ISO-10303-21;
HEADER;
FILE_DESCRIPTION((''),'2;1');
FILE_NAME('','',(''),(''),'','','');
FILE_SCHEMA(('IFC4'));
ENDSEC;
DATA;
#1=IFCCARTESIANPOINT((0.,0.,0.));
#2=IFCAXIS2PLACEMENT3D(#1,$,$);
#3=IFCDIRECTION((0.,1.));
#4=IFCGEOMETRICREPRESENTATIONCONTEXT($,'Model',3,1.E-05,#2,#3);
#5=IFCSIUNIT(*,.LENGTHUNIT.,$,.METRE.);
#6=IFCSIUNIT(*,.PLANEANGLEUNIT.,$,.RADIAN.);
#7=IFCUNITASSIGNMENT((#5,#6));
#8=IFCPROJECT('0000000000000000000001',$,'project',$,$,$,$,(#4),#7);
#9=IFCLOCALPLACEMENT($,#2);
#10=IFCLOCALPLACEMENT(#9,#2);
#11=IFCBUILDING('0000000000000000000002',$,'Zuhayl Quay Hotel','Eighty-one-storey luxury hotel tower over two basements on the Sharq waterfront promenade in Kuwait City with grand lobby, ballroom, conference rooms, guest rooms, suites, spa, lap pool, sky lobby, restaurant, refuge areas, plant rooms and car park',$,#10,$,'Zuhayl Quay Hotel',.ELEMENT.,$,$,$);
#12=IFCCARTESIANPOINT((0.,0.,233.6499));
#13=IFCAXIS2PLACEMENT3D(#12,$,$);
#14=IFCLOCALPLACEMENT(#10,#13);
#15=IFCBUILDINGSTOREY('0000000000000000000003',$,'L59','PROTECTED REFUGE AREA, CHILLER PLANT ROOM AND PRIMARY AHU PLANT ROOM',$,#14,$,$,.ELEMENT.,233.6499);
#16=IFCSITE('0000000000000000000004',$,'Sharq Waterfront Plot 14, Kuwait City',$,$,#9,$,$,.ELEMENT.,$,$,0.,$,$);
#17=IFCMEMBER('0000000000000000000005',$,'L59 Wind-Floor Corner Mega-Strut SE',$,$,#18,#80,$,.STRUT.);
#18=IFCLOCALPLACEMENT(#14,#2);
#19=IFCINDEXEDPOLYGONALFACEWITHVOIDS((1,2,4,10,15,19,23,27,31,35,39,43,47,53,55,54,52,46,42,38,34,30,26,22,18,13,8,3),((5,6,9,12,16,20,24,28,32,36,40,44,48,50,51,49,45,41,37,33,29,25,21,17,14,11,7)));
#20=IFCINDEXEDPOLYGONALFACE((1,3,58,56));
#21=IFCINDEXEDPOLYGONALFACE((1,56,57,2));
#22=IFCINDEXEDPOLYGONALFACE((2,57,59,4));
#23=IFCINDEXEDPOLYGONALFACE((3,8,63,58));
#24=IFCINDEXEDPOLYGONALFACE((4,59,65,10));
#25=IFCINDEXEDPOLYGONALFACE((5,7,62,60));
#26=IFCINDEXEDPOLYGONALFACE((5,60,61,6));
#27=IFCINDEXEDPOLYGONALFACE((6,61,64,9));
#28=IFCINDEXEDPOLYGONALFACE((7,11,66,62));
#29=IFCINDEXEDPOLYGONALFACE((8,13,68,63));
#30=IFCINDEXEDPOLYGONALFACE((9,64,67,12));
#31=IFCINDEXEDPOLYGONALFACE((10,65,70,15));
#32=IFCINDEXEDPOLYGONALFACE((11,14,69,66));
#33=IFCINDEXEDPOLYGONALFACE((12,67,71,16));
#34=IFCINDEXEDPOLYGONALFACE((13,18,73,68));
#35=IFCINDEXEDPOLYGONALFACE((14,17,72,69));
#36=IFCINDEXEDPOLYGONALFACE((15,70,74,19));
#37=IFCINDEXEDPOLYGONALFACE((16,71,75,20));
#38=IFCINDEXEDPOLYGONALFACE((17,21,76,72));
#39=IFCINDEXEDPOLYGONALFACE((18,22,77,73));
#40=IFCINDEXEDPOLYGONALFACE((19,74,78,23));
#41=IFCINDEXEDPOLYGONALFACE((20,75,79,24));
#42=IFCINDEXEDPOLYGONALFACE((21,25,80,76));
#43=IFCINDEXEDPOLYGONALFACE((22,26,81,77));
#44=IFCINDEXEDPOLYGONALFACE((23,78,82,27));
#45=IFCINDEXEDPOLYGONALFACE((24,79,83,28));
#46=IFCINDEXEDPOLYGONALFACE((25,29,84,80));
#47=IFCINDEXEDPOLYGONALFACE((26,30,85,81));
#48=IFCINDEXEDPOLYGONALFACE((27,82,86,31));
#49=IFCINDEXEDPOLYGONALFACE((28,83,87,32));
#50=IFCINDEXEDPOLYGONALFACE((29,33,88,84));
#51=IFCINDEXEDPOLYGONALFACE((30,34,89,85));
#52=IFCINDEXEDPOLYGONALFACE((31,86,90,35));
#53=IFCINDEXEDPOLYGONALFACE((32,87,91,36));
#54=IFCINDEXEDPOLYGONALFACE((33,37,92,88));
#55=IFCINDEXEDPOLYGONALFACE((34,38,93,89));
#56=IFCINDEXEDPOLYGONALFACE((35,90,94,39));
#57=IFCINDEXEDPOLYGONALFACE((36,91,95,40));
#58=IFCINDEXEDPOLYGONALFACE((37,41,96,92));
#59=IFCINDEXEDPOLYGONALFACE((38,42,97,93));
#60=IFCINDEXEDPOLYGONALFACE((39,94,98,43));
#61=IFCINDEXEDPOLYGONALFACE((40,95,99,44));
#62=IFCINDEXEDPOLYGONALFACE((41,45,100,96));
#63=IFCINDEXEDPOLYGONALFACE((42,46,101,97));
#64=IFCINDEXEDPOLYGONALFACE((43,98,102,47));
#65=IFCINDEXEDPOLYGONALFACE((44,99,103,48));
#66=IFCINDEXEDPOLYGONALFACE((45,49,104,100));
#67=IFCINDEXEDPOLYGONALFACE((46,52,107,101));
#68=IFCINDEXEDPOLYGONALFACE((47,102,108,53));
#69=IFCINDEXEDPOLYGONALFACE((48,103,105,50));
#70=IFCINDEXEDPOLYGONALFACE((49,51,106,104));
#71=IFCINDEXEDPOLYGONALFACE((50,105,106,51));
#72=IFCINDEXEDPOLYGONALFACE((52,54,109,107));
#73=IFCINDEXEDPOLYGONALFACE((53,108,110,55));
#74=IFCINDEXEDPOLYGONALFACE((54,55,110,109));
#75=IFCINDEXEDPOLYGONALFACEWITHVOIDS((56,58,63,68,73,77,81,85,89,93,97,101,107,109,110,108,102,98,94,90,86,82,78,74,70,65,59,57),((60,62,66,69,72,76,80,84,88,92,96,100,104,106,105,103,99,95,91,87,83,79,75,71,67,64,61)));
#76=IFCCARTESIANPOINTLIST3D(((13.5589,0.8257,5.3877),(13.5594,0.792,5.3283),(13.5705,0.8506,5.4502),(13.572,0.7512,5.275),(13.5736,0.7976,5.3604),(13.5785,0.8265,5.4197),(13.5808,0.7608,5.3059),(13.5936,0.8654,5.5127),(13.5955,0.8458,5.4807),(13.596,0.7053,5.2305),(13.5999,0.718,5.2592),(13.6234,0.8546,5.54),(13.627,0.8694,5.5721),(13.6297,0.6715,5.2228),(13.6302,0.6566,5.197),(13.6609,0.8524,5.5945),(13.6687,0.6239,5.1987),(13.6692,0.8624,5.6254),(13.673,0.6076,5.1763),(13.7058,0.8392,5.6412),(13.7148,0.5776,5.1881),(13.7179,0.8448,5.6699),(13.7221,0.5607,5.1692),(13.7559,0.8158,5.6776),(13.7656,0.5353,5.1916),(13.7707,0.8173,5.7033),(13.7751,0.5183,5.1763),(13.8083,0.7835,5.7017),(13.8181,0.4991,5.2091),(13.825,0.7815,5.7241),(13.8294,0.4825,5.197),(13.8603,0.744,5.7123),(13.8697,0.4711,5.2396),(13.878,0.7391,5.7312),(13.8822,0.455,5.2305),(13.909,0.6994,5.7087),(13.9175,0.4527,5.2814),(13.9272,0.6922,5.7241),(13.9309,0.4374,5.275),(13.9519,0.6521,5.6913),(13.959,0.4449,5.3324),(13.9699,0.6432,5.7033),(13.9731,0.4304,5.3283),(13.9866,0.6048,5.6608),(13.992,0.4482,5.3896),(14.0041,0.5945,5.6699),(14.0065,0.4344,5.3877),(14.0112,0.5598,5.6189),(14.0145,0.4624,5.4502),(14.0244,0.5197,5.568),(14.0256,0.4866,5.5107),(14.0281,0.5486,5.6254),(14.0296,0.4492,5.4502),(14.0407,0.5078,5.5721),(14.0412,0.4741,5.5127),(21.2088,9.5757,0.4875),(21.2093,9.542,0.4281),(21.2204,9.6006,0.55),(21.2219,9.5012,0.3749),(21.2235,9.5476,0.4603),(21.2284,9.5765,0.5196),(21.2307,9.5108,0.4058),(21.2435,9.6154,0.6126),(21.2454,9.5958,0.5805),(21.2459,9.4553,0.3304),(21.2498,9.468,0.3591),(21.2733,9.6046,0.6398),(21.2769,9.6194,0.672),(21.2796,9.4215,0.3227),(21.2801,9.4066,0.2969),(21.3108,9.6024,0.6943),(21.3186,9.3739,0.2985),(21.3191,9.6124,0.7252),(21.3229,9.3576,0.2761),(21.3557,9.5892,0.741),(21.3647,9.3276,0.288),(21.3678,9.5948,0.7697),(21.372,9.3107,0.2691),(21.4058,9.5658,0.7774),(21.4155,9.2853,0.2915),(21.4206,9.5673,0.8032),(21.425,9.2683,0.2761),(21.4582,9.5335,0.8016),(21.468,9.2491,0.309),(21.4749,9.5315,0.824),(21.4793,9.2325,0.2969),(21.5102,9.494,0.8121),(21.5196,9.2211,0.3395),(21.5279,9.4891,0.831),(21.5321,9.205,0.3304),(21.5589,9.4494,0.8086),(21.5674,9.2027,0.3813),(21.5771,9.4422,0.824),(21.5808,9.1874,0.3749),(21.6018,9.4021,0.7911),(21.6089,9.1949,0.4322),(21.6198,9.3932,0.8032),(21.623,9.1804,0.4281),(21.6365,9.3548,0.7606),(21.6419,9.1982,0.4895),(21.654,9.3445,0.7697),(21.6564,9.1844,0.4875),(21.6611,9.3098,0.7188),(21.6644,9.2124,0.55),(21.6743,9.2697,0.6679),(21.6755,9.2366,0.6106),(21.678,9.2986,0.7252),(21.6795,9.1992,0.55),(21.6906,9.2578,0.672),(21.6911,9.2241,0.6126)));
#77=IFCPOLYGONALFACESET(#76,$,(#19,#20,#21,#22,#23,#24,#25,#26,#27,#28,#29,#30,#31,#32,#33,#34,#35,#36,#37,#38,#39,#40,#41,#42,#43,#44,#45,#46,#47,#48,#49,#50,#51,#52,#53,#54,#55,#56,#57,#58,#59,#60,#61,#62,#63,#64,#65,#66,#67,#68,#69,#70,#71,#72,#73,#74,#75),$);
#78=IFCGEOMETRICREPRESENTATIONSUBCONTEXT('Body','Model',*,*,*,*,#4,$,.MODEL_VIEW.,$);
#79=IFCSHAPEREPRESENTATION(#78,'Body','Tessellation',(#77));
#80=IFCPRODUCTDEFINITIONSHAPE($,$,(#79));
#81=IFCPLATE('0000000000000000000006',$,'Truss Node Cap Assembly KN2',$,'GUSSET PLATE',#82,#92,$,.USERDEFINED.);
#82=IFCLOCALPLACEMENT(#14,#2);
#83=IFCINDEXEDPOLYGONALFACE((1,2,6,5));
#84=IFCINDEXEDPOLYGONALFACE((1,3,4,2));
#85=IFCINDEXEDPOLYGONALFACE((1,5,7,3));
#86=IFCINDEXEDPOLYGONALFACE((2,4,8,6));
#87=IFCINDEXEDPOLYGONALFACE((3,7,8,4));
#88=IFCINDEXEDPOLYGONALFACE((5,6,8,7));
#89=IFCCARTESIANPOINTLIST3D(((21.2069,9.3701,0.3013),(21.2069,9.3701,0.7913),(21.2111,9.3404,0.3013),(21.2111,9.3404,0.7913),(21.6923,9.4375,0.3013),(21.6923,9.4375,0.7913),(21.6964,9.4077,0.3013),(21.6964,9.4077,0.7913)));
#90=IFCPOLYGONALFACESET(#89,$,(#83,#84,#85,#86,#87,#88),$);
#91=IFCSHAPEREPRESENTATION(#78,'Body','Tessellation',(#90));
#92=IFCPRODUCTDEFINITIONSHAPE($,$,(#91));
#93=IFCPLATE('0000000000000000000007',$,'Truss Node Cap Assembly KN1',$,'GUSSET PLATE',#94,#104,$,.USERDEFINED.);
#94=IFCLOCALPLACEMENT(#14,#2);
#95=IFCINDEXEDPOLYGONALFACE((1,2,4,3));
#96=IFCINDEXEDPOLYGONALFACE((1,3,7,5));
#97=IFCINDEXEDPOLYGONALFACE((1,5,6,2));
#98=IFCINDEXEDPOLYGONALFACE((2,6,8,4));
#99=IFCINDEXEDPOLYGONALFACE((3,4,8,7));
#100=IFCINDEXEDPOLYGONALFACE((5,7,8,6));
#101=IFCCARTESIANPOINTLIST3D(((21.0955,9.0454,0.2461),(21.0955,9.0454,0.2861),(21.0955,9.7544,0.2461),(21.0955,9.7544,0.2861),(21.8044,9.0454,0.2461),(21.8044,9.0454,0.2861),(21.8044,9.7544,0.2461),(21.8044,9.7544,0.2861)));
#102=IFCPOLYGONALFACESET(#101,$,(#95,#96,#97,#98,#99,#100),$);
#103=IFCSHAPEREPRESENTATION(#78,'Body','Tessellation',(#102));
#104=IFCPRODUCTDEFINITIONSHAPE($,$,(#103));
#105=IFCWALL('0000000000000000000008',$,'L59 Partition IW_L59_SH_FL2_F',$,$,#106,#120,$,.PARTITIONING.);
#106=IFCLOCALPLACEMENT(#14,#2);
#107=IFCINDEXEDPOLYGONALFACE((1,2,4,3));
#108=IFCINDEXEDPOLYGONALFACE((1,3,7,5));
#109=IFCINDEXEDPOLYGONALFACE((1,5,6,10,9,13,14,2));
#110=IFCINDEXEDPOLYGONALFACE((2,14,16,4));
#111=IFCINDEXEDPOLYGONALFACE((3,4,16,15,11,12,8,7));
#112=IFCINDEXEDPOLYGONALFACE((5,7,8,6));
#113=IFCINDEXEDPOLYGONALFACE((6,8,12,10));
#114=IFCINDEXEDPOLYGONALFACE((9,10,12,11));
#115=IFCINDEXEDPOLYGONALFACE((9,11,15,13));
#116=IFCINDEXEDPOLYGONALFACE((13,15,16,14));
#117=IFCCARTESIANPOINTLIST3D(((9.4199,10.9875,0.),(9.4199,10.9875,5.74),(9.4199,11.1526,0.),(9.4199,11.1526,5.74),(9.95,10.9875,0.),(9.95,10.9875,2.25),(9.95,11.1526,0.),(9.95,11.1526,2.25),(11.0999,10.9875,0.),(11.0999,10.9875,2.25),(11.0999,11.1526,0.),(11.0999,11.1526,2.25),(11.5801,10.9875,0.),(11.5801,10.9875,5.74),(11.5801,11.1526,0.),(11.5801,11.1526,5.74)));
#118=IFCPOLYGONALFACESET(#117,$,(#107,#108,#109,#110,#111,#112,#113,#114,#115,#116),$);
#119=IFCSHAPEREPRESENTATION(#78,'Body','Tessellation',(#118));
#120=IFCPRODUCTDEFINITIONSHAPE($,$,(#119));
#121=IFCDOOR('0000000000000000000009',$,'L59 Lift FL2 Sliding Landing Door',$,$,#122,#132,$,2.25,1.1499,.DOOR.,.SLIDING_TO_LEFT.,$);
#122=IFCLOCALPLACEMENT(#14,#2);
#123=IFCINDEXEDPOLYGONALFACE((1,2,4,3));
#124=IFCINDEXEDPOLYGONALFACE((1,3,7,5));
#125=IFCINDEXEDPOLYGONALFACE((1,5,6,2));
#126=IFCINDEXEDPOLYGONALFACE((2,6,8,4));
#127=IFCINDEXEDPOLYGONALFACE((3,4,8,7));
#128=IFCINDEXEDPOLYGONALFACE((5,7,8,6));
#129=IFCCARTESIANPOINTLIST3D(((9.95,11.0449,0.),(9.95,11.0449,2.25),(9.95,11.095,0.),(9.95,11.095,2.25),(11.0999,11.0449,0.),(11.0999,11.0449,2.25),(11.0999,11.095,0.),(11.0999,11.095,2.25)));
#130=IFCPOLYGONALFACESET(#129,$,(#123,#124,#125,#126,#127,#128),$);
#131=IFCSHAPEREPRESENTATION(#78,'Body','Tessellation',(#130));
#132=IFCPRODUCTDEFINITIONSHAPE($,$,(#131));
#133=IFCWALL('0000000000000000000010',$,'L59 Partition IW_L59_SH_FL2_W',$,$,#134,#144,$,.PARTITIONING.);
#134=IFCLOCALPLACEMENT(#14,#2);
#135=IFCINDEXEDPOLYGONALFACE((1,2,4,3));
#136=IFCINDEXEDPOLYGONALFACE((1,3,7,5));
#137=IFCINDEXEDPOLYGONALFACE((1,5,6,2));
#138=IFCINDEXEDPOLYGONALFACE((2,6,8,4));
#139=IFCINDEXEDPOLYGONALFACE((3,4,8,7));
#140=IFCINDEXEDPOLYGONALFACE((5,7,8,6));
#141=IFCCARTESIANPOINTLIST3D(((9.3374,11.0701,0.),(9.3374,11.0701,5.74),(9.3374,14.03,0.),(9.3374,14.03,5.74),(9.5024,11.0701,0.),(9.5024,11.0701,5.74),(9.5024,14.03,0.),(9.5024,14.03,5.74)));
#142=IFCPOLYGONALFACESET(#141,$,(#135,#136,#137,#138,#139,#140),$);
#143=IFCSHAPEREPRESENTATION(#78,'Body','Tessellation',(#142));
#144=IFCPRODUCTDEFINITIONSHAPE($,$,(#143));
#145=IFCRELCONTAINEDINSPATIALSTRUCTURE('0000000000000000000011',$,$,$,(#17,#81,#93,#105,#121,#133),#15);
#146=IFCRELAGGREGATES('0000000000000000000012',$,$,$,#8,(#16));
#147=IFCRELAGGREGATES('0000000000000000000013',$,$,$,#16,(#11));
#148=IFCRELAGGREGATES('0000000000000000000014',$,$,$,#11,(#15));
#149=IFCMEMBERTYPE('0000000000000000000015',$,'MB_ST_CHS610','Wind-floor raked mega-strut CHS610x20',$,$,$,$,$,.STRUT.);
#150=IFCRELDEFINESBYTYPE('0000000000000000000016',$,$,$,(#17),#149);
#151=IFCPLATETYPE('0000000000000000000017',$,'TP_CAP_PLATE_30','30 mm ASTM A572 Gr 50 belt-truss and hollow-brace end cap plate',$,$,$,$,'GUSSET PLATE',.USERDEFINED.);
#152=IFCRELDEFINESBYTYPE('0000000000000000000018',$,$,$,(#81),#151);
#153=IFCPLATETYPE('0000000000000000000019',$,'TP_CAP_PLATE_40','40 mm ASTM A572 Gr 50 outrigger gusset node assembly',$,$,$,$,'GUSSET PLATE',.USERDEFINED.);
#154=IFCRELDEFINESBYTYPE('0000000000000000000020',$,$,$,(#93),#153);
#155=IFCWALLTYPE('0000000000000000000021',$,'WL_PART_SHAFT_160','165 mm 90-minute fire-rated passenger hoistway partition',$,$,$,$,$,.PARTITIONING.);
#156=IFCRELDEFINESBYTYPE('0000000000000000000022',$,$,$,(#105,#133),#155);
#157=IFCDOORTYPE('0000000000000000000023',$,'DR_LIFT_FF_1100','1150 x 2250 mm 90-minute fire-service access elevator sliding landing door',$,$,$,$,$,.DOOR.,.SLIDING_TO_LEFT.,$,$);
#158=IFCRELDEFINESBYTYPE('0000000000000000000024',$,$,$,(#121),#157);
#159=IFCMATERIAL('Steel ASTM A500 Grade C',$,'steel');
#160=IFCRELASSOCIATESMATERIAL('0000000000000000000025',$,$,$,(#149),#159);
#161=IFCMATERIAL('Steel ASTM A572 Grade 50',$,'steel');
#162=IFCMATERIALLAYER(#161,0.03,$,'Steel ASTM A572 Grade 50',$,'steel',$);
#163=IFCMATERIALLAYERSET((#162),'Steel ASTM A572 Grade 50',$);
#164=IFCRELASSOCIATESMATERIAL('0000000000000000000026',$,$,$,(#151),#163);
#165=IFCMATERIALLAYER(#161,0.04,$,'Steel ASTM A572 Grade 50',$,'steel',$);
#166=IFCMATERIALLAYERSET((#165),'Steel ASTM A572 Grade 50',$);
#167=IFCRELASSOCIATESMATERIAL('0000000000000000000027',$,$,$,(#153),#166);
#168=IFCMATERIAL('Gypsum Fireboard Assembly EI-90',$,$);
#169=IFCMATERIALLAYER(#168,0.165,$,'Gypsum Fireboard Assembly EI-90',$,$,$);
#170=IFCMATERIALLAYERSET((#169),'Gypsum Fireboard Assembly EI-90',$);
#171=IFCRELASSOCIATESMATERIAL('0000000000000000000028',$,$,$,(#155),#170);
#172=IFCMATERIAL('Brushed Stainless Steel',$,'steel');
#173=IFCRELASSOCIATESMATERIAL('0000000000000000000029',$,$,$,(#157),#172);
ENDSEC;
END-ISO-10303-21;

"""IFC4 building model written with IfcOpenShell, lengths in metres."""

from ifc_helpers import new_model, si_unit, direction, frame, frame_2d, origin, origin_2d, place, context, subcontext, project, spatial, rectangle, hollow_circle, extrude, material, layer, layer_set, material_profile, profile_set, type_object, element, fill, save


model = new_model("IFC4")

# Units and contexts
model_context = context("Model", 3, precision=1e-05, world=origin(), true_north=direction((0.0, 1.0)))
body_context = subcontext(model_context, "Body", "Model", "MODEL_VIEW")
ifc_project = project(units=[si_unit("LENGTHUNIT", "METRE"), si_unit("PLANEANGLEUNIT", "RADIAN")], contexts=[model_context])

# Site, building, storey
site_placement = place(None, origin())
site = spatial("IfcSite", under=ifc_project, at=site_placement, Name="Sharq Waterfront Plot 14, Kuwait City", CompositionType="ELEMENT", RefElevation=0.0)
building_placement = place(site_placement, origin())
building = spatial("IfcBuilding", under=site, at=building_placement, Name="Zuhayl Quay Hotel", Description="Eighty-one-storey luxury hotel tower over two basements on the Sharq waterfront promenade in Kuwait City with grand lobby, ballroom, conference rooms, guest rooms, suites, spa, lap pool, sky lobby, restaurant, refuge areas, plant rooms and car park", LongName="Zuhayl Quay Hotel", CompositionType="ELEMENT")
storey_placement = place(building_placement, frame((0.0, 0.0, 233.6499)))
storey = spatial("IfcBuildingStorey", under=building, at=storey_placement, Name="L59", Description="PROTECTED REFUGE AREA, CHILLER PLANT ROOM AND PRIMARY AHU PLANT ROOM", CompositionType="ELEMENT", Elevation=233.6499)

# Member
ifc_material_1 = material(Name="Steel ASTM A500 Grade C", Category="steel")
ifc_material_profile_1 = material_profile(ifc_material_1, hollow_circle(Radius=0.3049, WallThickness=0.02, at=origin_2d()), Name="CHS610X20")
ifc_profile_set_1 = profile_set([ifc_material_profile_1], Name="Steel ASTM A500 Grade C")
member_type_1 = type_object("IfcMemberType", Name="MB_ST_CHS610", Description="Wind-floor raked mega-strut CHS610x20", PredefinedType="STRUT", material=ifc_profile_set_1)
member_1_placement = place(storey_placement, frame((21.45, 9.3999, 0.55), z_axis=(-0.606496, -0.693713, 0.388491), x_axis=(0.752847, -0.658195, 0.0)))
element("IfcMember", 1, at=member_1_placement, inside=storey, type_object=member_type_1, Name="L59 Wind-Floor Corner Mega-Strut SE", PredefinedType="STRUT", context=body_context, shape_type="SweptSolid", body=[
    extrude(hollow_circle(Radius=0.3049, WallThickness=0.02, at=origin_2d()), origin(), (0.0, 0.0, 1.0), 12.6133),
])

# Plates
ifc_material_2 = material(Name="Steel ASTM A572 Grade 50", Category="steel")
ifc_layer_1 = layer(ifc_material_2, 0.03, Name="Steel ASTM A572 Grade 50", Category="steel")
ifc_layer_set_1 = layer_set([ifc_layer_1], Name="Steel ASTM A572 Grade 50")
plate_type_1 = type_object("IfcPlateType", Name="TP_CAP_PLATE_30", Description="30 mm ASTM A572 Gr 50 belt-truss and hollow-brace end cap plate", ElementType="GUSSET PLATE", PredefinedType="USERDEFINED", material=ifc_layer_set_1)
plate_1_placement = place(storey_placement, frame((21.4517, 9.3889, 0.3013), z_axis=(0.0, 0.0, 1.0), x_axis=(0.137445, -0.990509, 0.0)))
element("IfcPlate", 2, at=plate_1_placement, inside=storey, type_object=plate_type_1, Name="Truss Node Cap Assembly KN2", ObjectType="GUSSET PLATE", PredefinedType="USERDEFINED", context=body_context, shape_type="SweptSolid", body=[
    extrude(rectangle(XDim=0.03, YDim=0.49, at=origin_2d()), origin(), (0.0, 0.0, 1.0), 0.49),
])
ifc_layer_2 = layer(ifc_material_2, 0.04, Name="Steel ASTM A572 Grade 50", Category="steel")
ifc_layer_set_2 = layer_set([ifc_layer_2], Name="Steel ASTM A572 Grade 50")
plate_type_2 = type_object("IfcPlateType", Name="TP_CAP_PLATE_40", Description="40 mm ASTM A572 Gr 50 outrigger gusset node assembly", ElementType="GUSSET PLATE", PredefinedType="USERDEFINED", material=ifc_layer_set_2)
plate_2_placement = place(storey_placement, frame((21.45, 9.3999, 0.2461), z_axis=(0.0, 0.0, 1.0), x_axis=(1.0, 0.0, 0.0)))
element("IfcPlate", 3, at=plate_2_placement, inside=storey, type_object=plate_type_2, Name="Truss Node Cap Assembly KN1", ObjectType="GUSSET PLATE", PredefinedType="USERDEFINED", context=body_context, shape_type="SweptSolid", body=[
    extrude(rectangle(XDim=0.709, YDim=0.709, at=origin_2d()), origin(), (0.0, 0.0, 1.0), 0.04),
])

# Wall, opening, door
ifc_material_3 = material(Name="Gypsum Fireboard Assembly EI-90")
ifc_layer_3 = layer(ifc_material_3, 0.165, Name="Gypsum Fireboard Assembly EI-90")
ifc_layer_set_3 = layer_set([ifc_layer_3], Name="Gypsum Fireboard Assembly EI-90")
wall_type_1 = type_object("IfcWallType", Name="WL_PART_SHAFT_160", Description="165 mm 90-minute fire-rated passenger hoistway partition", PredefinedType="PARTITIONING", material=ifc_layer_set_3)
wall_1_placement = place(storey_placement, frame((9.4199, 11.0701, 0.0), z_axis=(0.0, 0.0, 1.0), x_axis=(1.0, 0.0, 0.0)))
wall_1 = element("IfcWall", 4, at=wall_1_placement, inside=storey, type_object=wall_type_1, Name="L59 Partition IW_L59_SH_FL2_F", PredefinedType="PARTITIONING", context=body_context, shape_type="SweptSolid", body=[
    extrude(rectangle(XDim=2.1602, YDim=0.165, at=frame_2d((1.0801, 0.0))), origin(), (0.0, 0.0, 1.0), 5.74),
])
opening_1_placement = place(wall_1_placement, frame((0.53, 0.0, 0.0)))
opening_1 = element("IfcOpeningElement", 5, at=opening_1_placement, cuts=wall_1, PredefinedType="OPENING", context=body_context, shape_type="SweptSolid", body=[
    extrude(rectangle(XDim=1.1499, YDim=2.25, at=frame_2d((0.575, 1.125))), frame((0.0, 0.0925, 0.0), z_axis=(0.0, -1.0, 0.0), x_axis=(1.0, 0.0, 0.0)), (0.0, 0.0, 1.0), 0.1851),
])
ifc_material_4 = material(Name="Brushed Stainless Steel", Category="steel")
door_type_1 = type_object("IfcDoorType", Name="DR_LIFT_FF_1100", Description="1150 x 2250 mm 90-minute fire-service access elevator sliding landing door", OperationType="SLIDING_TO_LEFT", PredefinedType="DOOR", material=ifc_material_4)
door_1_placement = place(opening_1_placement, origin())
door_1 = element("IfcDoor", 6, at=door_1_placement, inside=storey, type_object=door_type_1, Name="L59 Lift FL2 Sliding Landing Door", OperationType="SLIDING_TO_LEFT", OverallHeight=2.25, OverallWidth=1.1499, PredefinedType="DOOR", context=body_context, shape_type="SweptSolid", body=[
    extrude(rectangle(XDim=1.1499, YDim=2.25, at=frame_2d((0.575, 1.125))), frame((0.0, 0.0249, 0.0), z_axis=(0.0, -1.0, 0.0), x_axis=(1.0, 0.0, 0.0)), (0.0, 0.0, 1.0), 0.05),
])
fill(opening_1, door_1)

# Wall
wall_2_placement = place(storey_placement, frame((9.4199, 11.0701, 0.0), z_axis=(0.0, 0.0, 1.0), x_axis=(0.0, 1.0, 0.0)))
element("IfcWall", 7, at=wall_2_placement, inside=storey, type_object=wall_type_1, Name="L59 Partition IW_L59_SH_FL2_W", PredefinedType="PARTITIONING", context=body_context, shape_type="SweptSolid", body=[
    extrude(rectangle(XDim=2.96, YDim=0.165, at=frame_2d((1.48, 0.0))), origin(), (0.0, 0.0, 1.0), 5.74),
])

save(model, "model.ifc")
